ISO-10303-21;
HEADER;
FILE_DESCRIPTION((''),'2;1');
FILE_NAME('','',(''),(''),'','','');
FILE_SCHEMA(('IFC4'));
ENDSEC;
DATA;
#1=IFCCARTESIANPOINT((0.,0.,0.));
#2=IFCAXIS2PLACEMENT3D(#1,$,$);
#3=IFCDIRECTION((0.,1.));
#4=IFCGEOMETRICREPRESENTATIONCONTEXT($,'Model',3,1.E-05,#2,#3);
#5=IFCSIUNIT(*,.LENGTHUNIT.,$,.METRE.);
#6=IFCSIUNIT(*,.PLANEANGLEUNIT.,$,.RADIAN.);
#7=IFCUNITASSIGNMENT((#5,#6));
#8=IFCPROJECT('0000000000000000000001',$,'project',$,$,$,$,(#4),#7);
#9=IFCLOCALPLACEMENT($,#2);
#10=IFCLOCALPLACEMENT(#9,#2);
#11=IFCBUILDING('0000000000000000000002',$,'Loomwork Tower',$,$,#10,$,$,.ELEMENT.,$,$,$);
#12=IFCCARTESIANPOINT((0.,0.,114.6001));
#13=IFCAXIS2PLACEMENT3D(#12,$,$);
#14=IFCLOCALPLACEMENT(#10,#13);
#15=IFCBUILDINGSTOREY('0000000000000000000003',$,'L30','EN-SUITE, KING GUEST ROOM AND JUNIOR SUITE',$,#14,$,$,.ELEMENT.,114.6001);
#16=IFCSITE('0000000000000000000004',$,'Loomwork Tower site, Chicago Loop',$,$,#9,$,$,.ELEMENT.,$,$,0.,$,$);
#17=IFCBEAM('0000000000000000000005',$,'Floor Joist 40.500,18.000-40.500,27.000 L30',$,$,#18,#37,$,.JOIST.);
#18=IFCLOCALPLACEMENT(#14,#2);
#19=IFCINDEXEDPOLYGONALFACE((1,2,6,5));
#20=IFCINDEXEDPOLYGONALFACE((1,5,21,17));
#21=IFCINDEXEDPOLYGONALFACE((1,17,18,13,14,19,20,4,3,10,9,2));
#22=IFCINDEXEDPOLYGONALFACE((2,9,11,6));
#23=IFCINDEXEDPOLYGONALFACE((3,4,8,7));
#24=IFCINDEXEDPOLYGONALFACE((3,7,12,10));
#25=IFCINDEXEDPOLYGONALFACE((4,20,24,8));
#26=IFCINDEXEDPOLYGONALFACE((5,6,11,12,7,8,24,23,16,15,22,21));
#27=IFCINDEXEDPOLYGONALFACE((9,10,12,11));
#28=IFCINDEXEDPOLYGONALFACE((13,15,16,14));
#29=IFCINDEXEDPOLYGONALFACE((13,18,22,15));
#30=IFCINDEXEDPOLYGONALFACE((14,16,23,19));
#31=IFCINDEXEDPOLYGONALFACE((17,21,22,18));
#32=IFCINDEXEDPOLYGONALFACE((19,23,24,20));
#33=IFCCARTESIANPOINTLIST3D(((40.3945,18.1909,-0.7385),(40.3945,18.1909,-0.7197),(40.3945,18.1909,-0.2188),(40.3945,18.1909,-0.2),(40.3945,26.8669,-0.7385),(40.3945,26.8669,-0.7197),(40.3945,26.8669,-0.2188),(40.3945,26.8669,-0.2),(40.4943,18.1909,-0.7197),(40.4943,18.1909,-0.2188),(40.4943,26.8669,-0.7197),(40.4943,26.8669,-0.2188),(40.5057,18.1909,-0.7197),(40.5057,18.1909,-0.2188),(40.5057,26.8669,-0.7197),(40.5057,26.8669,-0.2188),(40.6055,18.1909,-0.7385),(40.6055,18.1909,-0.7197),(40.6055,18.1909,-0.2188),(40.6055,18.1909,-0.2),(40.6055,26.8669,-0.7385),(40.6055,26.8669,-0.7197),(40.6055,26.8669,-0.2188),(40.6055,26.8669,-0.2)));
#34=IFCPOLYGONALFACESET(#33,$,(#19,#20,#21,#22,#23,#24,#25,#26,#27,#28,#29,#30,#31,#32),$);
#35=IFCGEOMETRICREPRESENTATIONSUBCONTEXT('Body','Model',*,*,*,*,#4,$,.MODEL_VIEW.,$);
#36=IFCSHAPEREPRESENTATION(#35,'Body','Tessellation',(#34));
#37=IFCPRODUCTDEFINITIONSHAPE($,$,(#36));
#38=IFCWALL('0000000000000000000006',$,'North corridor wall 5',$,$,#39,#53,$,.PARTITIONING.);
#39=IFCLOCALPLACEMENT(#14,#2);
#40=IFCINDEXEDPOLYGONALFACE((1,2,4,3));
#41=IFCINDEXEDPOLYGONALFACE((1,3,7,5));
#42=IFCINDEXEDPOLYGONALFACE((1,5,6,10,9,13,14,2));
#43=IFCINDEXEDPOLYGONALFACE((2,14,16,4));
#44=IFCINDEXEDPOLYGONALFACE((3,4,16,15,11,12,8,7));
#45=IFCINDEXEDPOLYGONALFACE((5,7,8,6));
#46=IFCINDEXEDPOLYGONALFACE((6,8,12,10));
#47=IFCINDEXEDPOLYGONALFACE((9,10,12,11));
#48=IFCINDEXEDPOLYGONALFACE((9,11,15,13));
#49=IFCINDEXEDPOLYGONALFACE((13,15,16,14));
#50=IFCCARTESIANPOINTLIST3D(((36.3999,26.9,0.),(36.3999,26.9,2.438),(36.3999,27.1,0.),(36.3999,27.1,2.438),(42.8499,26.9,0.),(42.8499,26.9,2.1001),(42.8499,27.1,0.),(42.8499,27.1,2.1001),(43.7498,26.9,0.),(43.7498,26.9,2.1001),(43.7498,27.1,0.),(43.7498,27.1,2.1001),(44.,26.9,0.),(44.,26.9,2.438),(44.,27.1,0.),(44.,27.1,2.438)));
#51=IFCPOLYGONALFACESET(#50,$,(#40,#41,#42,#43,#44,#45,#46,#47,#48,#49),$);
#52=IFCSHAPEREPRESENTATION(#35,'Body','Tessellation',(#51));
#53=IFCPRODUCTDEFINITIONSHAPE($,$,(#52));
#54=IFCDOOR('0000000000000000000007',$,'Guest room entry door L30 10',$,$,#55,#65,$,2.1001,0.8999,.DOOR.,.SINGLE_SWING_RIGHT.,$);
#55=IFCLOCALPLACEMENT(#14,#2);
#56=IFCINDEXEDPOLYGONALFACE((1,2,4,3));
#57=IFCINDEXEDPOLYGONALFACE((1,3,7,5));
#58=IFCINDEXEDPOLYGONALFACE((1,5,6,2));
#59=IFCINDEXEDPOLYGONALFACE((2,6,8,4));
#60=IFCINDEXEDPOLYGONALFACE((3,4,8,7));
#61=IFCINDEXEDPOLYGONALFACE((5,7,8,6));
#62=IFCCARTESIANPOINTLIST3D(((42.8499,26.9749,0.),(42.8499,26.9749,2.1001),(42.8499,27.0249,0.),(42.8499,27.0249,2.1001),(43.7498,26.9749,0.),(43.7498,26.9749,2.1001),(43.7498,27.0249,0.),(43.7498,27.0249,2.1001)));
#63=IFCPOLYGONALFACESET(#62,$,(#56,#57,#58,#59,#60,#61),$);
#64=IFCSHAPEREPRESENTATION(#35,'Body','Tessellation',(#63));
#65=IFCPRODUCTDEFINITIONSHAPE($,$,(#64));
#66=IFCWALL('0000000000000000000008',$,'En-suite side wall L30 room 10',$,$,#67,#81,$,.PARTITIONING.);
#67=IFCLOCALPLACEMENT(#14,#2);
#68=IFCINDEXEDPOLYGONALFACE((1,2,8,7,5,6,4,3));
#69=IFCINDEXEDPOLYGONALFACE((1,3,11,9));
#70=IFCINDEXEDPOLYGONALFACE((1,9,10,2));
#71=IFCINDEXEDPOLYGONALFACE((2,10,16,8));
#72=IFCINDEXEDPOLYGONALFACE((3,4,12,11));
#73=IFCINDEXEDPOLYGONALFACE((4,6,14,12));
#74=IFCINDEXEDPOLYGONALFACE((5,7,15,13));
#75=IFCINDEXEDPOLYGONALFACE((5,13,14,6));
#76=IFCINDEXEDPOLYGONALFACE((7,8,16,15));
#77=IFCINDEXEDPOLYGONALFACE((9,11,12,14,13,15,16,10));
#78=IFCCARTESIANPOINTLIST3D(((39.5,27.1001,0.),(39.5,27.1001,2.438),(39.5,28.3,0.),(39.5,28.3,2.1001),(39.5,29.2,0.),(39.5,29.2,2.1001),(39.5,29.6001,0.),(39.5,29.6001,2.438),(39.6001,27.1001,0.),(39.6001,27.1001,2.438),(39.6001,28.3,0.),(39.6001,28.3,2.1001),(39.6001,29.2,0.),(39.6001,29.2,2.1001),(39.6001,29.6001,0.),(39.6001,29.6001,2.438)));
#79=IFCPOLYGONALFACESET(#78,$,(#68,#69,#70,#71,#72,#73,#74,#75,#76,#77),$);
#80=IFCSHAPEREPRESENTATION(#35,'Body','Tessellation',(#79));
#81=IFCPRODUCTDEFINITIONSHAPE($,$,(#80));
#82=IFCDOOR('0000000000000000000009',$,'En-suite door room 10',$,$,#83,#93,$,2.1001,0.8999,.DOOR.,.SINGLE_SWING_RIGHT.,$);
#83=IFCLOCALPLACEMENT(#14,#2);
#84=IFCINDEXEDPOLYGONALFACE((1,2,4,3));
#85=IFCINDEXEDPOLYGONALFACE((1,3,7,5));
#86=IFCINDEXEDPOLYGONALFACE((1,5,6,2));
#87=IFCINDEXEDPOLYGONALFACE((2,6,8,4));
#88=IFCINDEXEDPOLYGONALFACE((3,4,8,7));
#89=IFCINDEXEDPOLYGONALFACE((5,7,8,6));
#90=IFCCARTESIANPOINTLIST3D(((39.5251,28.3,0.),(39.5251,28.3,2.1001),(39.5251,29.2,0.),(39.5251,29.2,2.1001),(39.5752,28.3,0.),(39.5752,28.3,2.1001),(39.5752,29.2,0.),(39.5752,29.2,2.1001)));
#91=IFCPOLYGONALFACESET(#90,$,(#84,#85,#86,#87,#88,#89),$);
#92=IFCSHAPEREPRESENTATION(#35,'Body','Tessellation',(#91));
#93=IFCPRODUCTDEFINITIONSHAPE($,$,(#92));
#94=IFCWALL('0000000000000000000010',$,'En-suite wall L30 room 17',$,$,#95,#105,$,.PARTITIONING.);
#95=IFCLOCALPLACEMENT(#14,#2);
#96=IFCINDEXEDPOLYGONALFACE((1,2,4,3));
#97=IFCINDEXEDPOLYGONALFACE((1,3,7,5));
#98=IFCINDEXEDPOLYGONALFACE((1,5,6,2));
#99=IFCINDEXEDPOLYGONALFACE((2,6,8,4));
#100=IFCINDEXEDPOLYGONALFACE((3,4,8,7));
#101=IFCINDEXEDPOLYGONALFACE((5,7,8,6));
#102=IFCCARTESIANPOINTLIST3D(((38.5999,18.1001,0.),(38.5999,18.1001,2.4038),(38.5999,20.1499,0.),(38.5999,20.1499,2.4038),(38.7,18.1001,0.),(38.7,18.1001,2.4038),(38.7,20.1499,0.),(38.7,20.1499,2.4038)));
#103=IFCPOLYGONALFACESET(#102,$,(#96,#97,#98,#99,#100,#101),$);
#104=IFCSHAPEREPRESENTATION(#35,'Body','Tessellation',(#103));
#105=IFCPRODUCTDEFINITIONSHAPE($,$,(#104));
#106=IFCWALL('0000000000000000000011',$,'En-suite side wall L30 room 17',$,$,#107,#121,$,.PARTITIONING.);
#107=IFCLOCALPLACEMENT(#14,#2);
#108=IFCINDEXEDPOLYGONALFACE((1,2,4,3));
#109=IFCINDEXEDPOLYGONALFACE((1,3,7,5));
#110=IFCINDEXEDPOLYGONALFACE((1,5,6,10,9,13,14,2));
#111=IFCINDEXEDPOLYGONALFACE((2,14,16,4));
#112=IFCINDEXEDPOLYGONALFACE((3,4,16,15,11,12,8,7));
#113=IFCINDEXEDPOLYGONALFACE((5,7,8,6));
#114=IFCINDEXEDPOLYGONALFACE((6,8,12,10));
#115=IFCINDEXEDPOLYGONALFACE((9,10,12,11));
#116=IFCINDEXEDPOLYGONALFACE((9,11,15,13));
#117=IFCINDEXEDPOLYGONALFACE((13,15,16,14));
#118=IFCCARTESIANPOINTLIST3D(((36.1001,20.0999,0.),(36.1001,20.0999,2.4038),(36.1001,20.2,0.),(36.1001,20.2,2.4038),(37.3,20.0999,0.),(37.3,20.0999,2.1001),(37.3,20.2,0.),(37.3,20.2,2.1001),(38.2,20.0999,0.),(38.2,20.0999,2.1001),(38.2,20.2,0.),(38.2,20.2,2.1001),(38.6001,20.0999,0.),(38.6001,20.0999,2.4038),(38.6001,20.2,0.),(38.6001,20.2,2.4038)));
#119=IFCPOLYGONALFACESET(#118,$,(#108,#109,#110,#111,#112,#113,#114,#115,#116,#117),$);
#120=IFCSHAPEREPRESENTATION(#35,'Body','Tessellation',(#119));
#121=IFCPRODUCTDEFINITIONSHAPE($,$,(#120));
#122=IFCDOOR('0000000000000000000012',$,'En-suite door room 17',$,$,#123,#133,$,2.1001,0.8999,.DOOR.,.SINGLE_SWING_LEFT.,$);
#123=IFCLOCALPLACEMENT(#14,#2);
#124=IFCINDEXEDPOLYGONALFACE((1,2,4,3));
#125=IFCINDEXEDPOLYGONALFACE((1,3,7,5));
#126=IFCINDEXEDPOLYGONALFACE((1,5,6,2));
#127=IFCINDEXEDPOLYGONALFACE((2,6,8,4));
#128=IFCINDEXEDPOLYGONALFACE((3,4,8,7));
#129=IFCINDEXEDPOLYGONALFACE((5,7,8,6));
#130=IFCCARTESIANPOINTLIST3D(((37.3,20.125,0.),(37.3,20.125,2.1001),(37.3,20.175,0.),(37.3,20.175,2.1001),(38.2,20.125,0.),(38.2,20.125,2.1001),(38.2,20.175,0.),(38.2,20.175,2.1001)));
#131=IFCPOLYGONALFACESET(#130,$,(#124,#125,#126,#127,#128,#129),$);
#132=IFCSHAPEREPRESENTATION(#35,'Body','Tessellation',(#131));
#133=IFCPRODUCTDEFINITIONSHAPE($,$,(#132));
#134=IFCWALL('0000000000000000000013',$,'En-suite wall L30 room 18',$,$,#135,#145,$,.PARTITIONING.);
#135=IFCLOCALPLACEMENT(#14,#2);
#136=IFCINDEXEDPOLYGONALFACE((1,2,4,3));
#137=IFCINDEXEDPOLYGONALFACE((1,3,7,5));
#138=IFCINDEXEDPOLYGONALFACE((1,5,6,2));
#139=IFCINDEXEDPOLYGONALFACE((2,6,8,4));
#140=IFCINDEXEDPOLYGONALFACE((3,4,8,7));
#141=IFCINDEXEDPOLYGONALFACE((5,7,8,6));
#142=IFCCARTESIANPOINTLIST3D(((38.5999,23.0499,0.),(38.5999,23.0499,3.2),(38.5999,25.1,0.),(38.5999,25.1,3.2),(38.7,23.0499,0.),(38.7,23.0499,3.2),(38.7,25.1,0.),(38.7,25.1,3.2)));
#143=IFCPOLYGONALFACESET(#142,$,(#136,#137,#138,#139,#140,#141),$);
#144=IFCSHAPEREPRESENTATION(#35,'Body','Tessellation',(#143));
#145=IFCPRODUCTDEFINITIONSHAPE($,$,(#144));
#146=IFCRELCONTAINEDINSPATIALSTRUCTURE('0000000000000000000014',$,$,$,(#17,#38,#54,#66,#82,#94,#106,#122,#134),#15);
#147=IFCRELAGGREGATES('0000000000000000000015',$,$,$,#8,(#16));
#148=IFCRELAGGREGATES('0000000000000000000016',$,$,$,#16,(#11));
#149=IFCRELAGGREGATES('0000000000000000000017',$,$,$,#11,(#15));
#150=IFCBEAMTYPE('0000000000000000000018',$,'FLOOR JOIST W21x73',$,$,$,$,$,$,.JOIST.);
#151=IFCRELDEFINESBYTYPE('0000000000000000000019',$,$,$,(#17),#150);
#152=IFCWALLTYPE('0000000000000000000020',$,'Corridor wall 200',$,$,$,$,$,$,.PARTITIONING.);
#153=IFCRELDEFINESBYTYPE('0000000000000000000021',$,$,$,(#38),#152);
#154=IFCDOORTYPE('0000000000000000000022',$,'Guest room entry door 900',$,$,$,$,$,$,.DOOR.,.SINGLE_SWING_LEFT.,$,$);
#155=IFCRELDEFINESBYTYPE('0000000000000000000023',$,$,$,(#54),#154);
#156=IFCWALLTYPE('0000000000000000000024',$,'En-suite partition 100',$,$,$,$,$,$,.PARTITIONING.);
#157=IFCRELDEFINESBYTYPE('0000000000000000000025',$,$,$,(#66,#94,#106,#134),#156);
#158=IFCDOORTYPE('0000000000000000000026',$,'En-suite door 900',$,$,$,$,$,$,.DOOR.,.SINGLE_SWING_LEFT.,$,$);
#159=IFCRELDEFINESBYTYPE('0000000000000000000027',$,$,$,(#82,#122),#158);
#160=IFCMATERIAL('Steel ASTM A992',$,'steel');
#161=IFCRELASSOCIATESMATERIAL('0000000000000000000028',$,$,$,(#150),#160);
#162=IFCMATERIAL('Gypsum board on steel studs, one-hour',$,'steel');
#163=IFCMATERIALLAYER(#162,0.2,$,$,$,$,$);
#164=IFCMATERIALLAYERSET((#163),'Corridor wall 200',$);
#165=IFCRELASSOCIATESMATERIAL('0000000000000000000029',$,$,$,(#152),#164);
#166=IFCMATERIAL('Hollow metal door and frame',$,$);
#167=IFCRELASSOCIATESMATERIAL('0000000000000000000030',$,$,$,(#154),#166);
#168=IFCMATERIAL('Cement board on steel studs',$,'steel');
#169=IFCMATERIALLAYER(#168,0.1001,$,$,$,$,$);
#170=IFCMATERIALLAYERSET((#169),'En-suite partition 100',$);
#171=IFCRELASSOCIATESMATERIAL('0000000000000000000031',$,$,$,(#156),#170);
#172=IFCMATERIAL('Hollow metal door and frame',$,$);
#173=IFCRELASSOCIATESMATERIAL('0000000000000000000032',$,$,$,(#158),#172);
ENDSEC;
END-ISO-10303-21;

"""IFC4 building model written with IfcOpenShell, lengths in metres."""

from ifc_helpers import new_model, si_unit, direction, frame, frame_2d, origin, origin_2d, place, context, subcontext, project, spatial, rectangle, i_section, extrude, material, layer, layer_set, material_profile, profile_set, type_object, element, fill, save


model = new_model("IFC4")

# Units and contexts
model_context = context("Model", 3, precision=1e-05, world=origin(), true_north=direction((0.0, 1.0)))
body_context = subcontext(model_context, "Body", "Model", "MODEL_VIEW")
ifc_project = project(units=[si_unit("LENGTHUNIT", "METRE"), si_unit("PLANEANGLEUNIT", "RADIAN")], contexts=[model_context])

# Site, building, storey
site_placement = place(None, origin())
site = spatial("IfcSite", under=ifc_project, at=site_placement, Name="Loomwork Tower site, Chicago Loop", CompositionType="ELEMENT", RefElevation=0.0)
building_placement = place(site_placement, origin())
building = spatial("IfcBuilding", under=site, at=building_placement, Name="Loomwork Tower", CompositionType="ELEMENT")
storey_placement = place(building_placement, frame((0.0, 0.0, 114.6001)))
storey = spatial("IfcBuildingStorey", under=building, at=storey_placement, Name="L30", Description="EN-SUITE, KING GUEST ROOM AND JUNIOR SUITE", CompositionType="ELEMENT", Elevation=114.6001)

# Beam
ifc_material_1 = material(Name="Steel ASTM A992", Category="steel")
ifc_material_profile = material_profile(ifc_material_1, i_section(OverallWidth=0.2109, OverallDepth=0.5386, WebThickness=0.0115, FlangeThickness=0.0188, at=origin_2d()), Name="W21x73")
ifc_profile_set = profile_set([ifc_material_profile], Name="Steel ASTM A992")
beam_type = type_object("IfcBeamType", Name="FLOOR JOIST W21x73", PredefinedType="JOIST", material=ifc_profile_set)
beam_placement = place(storey_placement, frame((40.5, 18.1909, -0.4692), z_axis=(0.0, 1.0, 0.0), x_axis=(-1.0, 0.0, 0.0)))
element("IfcBeam", 1, at=beam_placement, inside=storey, type_object=beam_type, Name="Floor Joist 40.500,18.000-40.500,27.000 L30", PredefinedType="JOIST", context=body_context, shape_type="SweptSolid", body=[
    extrude(i_section(OverallWidth=0.2109, OverallDepth=0.5386, WebThickness=0.0115, FlangeThickness=0.0188, at=origin_2d()), origin(), (0.0, 0.0, 1.0), 8.676),
])

# Walls, openings, doors
ifc_material_2 = material(Name="Gypsum board on steel studs, one-hour", Category="steel")
ifc_layer_1 = layer(ifc_material_2, 0.2)
ifc_layer_set_1 = layer_set([ifc_layer_1], Name="Corridor wall 200")
wall_type_1 = type_object("IfcWallType", Name="Corridor wall 200", PredefinedType="PARTITIONING", material=ifc_layer_set_1)
wall_1_placement = place(storey_placement, frame((36.3999, 27.0, 0.0), z_axis=(0.0, 0.0, 1.0), x_axis=(1.0, 0.0, 0.0)))
wall_1 = element("IfcWall", 2, at=wall_1_placement, inside=storey, type_object=wall_type_1, Name="North corridor wall 5", PredefinedType="PARTITIONING", context=body_context, shape_type="SweptSolid", body=[
    extrude(rectangle(XDim=7.6001, YDim=0.2, at=frame_2d((3.8, 0.0))), origin(), (0.0, 0.0, 1.0), 2.438),
])
opening_1_placement = place(wall_1_placement, frame((6.45, 0.0, 0.0)))
opening_1 = element("IfcOpeningElement", 3, at=opening_1_placement, cuts=wall_1, PredefinedType="OPENING", context=body_context, shape_type="SweptSolid", body=[
    extrude(rectangle(XDim=0.8999, YDim=2.1001, at=frame_2d((0.45, 1.05))), frame((0.0, 0.1099, 0.0), z_axis=(0.0, -1.0, 0.0), x_axis=(1.0, 0.0, 0.0)), (0.0, 0.0, 1.0), 0.22),
])
ifc_material_3 = material(Name="Hollow metal door and frame")
door_type_1 = type_object("IfcDoorType", Name="Guest room entry door 900", OperationType="SINGLE_SWING_LEFT", PredefinedType="DOOR", material=ifc_material_3)
door_1_placement = place(opening_1_placement, origin())
door_1 = element("IfcDoor", 4, at=door_1_placement, inside=storey, type_object=door_type_1, Name="Guest room entry door L30 10", OperationType="SINGLE_SWING_RIGHT", OverallHeight=2.1001, OverallWidth=0.8999, PredefinedType="DOOR", context=body_context, shape_type="SweptSolid", body=[
    extrude(rectangle(XDim=0.8999, YDim=2.1001, at=frame_2d((0.45, 1.05))), frame((0.0, 0.0249, 0.0), z_axis=(0.0, -1.0, 0.0), x_axis=(1.0, 0.0, 0.0)), (0.0, 0.0, 1.0), 0.05),
])
fill(opening_1, door_1)
ifc_material_4 = material(Name="Cement board on steel studs", Category="steel")
ifc_layer_2 = layer(ifc_material_4, 0.1001)
ifc_layer_set_2 = layer_set([ifc_layer_2], Name="En-suite partition 100")
wall_type_2 = type_object("IfcWallType", Name="En-suite partition 100", PredefinedType="PARTITIONING", material=ifc_layer_set_2)
wall_2_placement = place(storey_placement, frame((39.55, 27.1001, 0.0), z_axis=(0.0, 0.0, 1.0), x_axis=(0.0, 1.0, 0.0)))
wall_2 = element("IfcWall", 5, at=wall_2_placement, inside=storey, type_object=wall_type_2, Name="En-suite side wall L30 room 10", PredefinedType="PARTITIONING", context=body_context, shape_type="SweptSolid", body=[
    extrude(rectangle(XDim=2.5, YDim=0.1001, at=frame_2d((1.25, 0.0))), origin(), (0.0, 0.0, 1.0), 2.438),
])
opening_2_placement = place(wall_2_placement, frame((1.2, 0.0, 0.0)))
opening_2 = element("IfcOpeningElement", 6, at=opening_2_placement, cuts=wall_2, PredefinedType="OPENING", context=body_context, shape_type="SweptSolid", body=[
    extrude(rectangle(XDim=0.8999, YDim=2.1001, at=frame_2d((0.45, 1.05))), frame((0.0, 0.0601, 0.0), z_axis=(0.0, -1.0, 0.0), x_axis=(1.0, 0.0, 0.0)), (0.0, 0.0, 1.0), 0.1201),
])
ifc_material_5 = material(Name="Hollow metal door and frame")
door_type_2 = type_object("IfcDoorType", Name="En-suite door 900", OperationType="SINGLE_SWING_LEFT", PredefinedType="DOOR", material=ifc_material_5)
door_2_placement = place(opening_2_placement, origin())
door_2 = element("IfcDoor", 7, at=door_2_placement, inside=storey, type_object=door_type_2, Name="En-suite door room 10", OperationType="SINGLE_SWING_RIGHT", OverallHeight=2.1001, OverallWidth=0.8999, PredefinedType="DOOR", context=body_context, shape_type="SweptSolid", body=[
    extrude(rectangle(XDim=0.8999, YDim=2.1001, at=frame_2d((0.45, 1.05))), frame((0.0, 0.0249, 0.0), z_axis=(0.0, -1.0, 0.0), x_axis=(1.0, 0.0, 0.0)), (0.0, 0.0, 1.0), 0.05),
])
fill(opening_2, door_2)

# Wall
wall_3_placement = place(storey_placement, frame((38.6499, 18.1001, 0.0), z_axis=(0.0, 0.0, 1.0), x_axis=(0.0, 1.0, 0.0)))
element("IfcWall", 8, at=wall_3_placement, inside=storey, type_object=wall_type_2, Name="En-suite wall L30 room 17", PredefinedType="PARTITIONING", context=body_context, shape_type="SweptSolid", body=[
    extrude(rectangle(XDim=2.0498, YDim=0.1001, at=frame_2d((1.0249, 0.0))), origin(), (0.0, 0.0, 1.0), 2.4038),
])

# Wall, opening, door
wall_4_placement = place(storey_placement, frame((36.1001, 20.1499, 0.0), z_axis=(0.0, 0.0, 1.0), x_axis=(1.0, 0.0, 0.0)))
wall_4 = element("IfcWall", 9, at=wall_4_placement, inside=storey, type_object=wall_type_2, Name="En-suite side wall L30 room 17", PredefinedType="PARTITIONING", context=body_context, shape_type="SweptSolid", body=[
    extrude(rectangle(XDim=2.5, YDim=0.1001, at=frame_2d((1.25, 0.0))), origin(), (0.0, 0.0, 1.0), 2.4038),
])
opening_3_placement = place(wall_4_placement, frame((1.2, 0.0, 0.0)))
opening_3 = element("IfcOpeningElement", 10, at=opening_3_placement, cuts=wall_4, PredefinedType="OPENING", context=body_context, shape_type="SweptSolid", body=[
    extrude(rectangle(XDim=0.8999, YDim=2.1001, at=frame_2d((0.45, 1.05))), frame((0.0, 0.0601, 0.0), z_axis=(0.0, -1.0, 0.0), x_axis=(1.0, 0.0, 0.0)), (0.0, 0.0, 1.0), 0.1201),
])
door_3_placement = place(opening_3_placement, frame((0.8999, 0.0, 0.0), z_axis=(0.0, 0.0, 1.0), x_axis=(-1.0, 0.0, 0.0)))
door_3 = element("IfcDoor", 11, at=door_3_placement, inside=storey, type_object=door_type_2, Name="En-suite door room 17", OperationType="SINGLE_SWING_LEFT", OverallHeight=2.1001, OverallWidth=0.8999, PredefinedType="DOOR", context=body_context, shape_type="SweptSolid", body=[
    extrude(rectangle(XDim=0.8999, YDim=2.1001, at=frame_2d((0.45, 1.05))), frame((0.0, 0.0249, 0.0), z_axis=(0.0, -1.0, 0.0), x_axis=(1.0, 0.0, 0.0)), (0.0, 0.0, 1.0), 0.05),
])
fill(opening_3, door_3)

# Wall
wall_5_placement = place(storey_placement, frame((38.6499, 23.05, 0.0), z_axis=(0.0, 0.0, 1.0), x_axis=(0.0, 1.0, 0.0)))
element("IfcWall", 12, at=wall_5_placement, inside=storey, type_object=wall_type_2, Name="En-suite wall L30 room 18", PredefinedType="PARTITIONING", context=body_context, shape_type="SweptSolid", body=[
    extrude(rectangle(XDim=2.05, YDim=0.1001, at=frame_2d((1.0249, 0.0))), origin(), (0.0, 0.0, 1.0), 3.2),
])

save(model, "model.ifc")
